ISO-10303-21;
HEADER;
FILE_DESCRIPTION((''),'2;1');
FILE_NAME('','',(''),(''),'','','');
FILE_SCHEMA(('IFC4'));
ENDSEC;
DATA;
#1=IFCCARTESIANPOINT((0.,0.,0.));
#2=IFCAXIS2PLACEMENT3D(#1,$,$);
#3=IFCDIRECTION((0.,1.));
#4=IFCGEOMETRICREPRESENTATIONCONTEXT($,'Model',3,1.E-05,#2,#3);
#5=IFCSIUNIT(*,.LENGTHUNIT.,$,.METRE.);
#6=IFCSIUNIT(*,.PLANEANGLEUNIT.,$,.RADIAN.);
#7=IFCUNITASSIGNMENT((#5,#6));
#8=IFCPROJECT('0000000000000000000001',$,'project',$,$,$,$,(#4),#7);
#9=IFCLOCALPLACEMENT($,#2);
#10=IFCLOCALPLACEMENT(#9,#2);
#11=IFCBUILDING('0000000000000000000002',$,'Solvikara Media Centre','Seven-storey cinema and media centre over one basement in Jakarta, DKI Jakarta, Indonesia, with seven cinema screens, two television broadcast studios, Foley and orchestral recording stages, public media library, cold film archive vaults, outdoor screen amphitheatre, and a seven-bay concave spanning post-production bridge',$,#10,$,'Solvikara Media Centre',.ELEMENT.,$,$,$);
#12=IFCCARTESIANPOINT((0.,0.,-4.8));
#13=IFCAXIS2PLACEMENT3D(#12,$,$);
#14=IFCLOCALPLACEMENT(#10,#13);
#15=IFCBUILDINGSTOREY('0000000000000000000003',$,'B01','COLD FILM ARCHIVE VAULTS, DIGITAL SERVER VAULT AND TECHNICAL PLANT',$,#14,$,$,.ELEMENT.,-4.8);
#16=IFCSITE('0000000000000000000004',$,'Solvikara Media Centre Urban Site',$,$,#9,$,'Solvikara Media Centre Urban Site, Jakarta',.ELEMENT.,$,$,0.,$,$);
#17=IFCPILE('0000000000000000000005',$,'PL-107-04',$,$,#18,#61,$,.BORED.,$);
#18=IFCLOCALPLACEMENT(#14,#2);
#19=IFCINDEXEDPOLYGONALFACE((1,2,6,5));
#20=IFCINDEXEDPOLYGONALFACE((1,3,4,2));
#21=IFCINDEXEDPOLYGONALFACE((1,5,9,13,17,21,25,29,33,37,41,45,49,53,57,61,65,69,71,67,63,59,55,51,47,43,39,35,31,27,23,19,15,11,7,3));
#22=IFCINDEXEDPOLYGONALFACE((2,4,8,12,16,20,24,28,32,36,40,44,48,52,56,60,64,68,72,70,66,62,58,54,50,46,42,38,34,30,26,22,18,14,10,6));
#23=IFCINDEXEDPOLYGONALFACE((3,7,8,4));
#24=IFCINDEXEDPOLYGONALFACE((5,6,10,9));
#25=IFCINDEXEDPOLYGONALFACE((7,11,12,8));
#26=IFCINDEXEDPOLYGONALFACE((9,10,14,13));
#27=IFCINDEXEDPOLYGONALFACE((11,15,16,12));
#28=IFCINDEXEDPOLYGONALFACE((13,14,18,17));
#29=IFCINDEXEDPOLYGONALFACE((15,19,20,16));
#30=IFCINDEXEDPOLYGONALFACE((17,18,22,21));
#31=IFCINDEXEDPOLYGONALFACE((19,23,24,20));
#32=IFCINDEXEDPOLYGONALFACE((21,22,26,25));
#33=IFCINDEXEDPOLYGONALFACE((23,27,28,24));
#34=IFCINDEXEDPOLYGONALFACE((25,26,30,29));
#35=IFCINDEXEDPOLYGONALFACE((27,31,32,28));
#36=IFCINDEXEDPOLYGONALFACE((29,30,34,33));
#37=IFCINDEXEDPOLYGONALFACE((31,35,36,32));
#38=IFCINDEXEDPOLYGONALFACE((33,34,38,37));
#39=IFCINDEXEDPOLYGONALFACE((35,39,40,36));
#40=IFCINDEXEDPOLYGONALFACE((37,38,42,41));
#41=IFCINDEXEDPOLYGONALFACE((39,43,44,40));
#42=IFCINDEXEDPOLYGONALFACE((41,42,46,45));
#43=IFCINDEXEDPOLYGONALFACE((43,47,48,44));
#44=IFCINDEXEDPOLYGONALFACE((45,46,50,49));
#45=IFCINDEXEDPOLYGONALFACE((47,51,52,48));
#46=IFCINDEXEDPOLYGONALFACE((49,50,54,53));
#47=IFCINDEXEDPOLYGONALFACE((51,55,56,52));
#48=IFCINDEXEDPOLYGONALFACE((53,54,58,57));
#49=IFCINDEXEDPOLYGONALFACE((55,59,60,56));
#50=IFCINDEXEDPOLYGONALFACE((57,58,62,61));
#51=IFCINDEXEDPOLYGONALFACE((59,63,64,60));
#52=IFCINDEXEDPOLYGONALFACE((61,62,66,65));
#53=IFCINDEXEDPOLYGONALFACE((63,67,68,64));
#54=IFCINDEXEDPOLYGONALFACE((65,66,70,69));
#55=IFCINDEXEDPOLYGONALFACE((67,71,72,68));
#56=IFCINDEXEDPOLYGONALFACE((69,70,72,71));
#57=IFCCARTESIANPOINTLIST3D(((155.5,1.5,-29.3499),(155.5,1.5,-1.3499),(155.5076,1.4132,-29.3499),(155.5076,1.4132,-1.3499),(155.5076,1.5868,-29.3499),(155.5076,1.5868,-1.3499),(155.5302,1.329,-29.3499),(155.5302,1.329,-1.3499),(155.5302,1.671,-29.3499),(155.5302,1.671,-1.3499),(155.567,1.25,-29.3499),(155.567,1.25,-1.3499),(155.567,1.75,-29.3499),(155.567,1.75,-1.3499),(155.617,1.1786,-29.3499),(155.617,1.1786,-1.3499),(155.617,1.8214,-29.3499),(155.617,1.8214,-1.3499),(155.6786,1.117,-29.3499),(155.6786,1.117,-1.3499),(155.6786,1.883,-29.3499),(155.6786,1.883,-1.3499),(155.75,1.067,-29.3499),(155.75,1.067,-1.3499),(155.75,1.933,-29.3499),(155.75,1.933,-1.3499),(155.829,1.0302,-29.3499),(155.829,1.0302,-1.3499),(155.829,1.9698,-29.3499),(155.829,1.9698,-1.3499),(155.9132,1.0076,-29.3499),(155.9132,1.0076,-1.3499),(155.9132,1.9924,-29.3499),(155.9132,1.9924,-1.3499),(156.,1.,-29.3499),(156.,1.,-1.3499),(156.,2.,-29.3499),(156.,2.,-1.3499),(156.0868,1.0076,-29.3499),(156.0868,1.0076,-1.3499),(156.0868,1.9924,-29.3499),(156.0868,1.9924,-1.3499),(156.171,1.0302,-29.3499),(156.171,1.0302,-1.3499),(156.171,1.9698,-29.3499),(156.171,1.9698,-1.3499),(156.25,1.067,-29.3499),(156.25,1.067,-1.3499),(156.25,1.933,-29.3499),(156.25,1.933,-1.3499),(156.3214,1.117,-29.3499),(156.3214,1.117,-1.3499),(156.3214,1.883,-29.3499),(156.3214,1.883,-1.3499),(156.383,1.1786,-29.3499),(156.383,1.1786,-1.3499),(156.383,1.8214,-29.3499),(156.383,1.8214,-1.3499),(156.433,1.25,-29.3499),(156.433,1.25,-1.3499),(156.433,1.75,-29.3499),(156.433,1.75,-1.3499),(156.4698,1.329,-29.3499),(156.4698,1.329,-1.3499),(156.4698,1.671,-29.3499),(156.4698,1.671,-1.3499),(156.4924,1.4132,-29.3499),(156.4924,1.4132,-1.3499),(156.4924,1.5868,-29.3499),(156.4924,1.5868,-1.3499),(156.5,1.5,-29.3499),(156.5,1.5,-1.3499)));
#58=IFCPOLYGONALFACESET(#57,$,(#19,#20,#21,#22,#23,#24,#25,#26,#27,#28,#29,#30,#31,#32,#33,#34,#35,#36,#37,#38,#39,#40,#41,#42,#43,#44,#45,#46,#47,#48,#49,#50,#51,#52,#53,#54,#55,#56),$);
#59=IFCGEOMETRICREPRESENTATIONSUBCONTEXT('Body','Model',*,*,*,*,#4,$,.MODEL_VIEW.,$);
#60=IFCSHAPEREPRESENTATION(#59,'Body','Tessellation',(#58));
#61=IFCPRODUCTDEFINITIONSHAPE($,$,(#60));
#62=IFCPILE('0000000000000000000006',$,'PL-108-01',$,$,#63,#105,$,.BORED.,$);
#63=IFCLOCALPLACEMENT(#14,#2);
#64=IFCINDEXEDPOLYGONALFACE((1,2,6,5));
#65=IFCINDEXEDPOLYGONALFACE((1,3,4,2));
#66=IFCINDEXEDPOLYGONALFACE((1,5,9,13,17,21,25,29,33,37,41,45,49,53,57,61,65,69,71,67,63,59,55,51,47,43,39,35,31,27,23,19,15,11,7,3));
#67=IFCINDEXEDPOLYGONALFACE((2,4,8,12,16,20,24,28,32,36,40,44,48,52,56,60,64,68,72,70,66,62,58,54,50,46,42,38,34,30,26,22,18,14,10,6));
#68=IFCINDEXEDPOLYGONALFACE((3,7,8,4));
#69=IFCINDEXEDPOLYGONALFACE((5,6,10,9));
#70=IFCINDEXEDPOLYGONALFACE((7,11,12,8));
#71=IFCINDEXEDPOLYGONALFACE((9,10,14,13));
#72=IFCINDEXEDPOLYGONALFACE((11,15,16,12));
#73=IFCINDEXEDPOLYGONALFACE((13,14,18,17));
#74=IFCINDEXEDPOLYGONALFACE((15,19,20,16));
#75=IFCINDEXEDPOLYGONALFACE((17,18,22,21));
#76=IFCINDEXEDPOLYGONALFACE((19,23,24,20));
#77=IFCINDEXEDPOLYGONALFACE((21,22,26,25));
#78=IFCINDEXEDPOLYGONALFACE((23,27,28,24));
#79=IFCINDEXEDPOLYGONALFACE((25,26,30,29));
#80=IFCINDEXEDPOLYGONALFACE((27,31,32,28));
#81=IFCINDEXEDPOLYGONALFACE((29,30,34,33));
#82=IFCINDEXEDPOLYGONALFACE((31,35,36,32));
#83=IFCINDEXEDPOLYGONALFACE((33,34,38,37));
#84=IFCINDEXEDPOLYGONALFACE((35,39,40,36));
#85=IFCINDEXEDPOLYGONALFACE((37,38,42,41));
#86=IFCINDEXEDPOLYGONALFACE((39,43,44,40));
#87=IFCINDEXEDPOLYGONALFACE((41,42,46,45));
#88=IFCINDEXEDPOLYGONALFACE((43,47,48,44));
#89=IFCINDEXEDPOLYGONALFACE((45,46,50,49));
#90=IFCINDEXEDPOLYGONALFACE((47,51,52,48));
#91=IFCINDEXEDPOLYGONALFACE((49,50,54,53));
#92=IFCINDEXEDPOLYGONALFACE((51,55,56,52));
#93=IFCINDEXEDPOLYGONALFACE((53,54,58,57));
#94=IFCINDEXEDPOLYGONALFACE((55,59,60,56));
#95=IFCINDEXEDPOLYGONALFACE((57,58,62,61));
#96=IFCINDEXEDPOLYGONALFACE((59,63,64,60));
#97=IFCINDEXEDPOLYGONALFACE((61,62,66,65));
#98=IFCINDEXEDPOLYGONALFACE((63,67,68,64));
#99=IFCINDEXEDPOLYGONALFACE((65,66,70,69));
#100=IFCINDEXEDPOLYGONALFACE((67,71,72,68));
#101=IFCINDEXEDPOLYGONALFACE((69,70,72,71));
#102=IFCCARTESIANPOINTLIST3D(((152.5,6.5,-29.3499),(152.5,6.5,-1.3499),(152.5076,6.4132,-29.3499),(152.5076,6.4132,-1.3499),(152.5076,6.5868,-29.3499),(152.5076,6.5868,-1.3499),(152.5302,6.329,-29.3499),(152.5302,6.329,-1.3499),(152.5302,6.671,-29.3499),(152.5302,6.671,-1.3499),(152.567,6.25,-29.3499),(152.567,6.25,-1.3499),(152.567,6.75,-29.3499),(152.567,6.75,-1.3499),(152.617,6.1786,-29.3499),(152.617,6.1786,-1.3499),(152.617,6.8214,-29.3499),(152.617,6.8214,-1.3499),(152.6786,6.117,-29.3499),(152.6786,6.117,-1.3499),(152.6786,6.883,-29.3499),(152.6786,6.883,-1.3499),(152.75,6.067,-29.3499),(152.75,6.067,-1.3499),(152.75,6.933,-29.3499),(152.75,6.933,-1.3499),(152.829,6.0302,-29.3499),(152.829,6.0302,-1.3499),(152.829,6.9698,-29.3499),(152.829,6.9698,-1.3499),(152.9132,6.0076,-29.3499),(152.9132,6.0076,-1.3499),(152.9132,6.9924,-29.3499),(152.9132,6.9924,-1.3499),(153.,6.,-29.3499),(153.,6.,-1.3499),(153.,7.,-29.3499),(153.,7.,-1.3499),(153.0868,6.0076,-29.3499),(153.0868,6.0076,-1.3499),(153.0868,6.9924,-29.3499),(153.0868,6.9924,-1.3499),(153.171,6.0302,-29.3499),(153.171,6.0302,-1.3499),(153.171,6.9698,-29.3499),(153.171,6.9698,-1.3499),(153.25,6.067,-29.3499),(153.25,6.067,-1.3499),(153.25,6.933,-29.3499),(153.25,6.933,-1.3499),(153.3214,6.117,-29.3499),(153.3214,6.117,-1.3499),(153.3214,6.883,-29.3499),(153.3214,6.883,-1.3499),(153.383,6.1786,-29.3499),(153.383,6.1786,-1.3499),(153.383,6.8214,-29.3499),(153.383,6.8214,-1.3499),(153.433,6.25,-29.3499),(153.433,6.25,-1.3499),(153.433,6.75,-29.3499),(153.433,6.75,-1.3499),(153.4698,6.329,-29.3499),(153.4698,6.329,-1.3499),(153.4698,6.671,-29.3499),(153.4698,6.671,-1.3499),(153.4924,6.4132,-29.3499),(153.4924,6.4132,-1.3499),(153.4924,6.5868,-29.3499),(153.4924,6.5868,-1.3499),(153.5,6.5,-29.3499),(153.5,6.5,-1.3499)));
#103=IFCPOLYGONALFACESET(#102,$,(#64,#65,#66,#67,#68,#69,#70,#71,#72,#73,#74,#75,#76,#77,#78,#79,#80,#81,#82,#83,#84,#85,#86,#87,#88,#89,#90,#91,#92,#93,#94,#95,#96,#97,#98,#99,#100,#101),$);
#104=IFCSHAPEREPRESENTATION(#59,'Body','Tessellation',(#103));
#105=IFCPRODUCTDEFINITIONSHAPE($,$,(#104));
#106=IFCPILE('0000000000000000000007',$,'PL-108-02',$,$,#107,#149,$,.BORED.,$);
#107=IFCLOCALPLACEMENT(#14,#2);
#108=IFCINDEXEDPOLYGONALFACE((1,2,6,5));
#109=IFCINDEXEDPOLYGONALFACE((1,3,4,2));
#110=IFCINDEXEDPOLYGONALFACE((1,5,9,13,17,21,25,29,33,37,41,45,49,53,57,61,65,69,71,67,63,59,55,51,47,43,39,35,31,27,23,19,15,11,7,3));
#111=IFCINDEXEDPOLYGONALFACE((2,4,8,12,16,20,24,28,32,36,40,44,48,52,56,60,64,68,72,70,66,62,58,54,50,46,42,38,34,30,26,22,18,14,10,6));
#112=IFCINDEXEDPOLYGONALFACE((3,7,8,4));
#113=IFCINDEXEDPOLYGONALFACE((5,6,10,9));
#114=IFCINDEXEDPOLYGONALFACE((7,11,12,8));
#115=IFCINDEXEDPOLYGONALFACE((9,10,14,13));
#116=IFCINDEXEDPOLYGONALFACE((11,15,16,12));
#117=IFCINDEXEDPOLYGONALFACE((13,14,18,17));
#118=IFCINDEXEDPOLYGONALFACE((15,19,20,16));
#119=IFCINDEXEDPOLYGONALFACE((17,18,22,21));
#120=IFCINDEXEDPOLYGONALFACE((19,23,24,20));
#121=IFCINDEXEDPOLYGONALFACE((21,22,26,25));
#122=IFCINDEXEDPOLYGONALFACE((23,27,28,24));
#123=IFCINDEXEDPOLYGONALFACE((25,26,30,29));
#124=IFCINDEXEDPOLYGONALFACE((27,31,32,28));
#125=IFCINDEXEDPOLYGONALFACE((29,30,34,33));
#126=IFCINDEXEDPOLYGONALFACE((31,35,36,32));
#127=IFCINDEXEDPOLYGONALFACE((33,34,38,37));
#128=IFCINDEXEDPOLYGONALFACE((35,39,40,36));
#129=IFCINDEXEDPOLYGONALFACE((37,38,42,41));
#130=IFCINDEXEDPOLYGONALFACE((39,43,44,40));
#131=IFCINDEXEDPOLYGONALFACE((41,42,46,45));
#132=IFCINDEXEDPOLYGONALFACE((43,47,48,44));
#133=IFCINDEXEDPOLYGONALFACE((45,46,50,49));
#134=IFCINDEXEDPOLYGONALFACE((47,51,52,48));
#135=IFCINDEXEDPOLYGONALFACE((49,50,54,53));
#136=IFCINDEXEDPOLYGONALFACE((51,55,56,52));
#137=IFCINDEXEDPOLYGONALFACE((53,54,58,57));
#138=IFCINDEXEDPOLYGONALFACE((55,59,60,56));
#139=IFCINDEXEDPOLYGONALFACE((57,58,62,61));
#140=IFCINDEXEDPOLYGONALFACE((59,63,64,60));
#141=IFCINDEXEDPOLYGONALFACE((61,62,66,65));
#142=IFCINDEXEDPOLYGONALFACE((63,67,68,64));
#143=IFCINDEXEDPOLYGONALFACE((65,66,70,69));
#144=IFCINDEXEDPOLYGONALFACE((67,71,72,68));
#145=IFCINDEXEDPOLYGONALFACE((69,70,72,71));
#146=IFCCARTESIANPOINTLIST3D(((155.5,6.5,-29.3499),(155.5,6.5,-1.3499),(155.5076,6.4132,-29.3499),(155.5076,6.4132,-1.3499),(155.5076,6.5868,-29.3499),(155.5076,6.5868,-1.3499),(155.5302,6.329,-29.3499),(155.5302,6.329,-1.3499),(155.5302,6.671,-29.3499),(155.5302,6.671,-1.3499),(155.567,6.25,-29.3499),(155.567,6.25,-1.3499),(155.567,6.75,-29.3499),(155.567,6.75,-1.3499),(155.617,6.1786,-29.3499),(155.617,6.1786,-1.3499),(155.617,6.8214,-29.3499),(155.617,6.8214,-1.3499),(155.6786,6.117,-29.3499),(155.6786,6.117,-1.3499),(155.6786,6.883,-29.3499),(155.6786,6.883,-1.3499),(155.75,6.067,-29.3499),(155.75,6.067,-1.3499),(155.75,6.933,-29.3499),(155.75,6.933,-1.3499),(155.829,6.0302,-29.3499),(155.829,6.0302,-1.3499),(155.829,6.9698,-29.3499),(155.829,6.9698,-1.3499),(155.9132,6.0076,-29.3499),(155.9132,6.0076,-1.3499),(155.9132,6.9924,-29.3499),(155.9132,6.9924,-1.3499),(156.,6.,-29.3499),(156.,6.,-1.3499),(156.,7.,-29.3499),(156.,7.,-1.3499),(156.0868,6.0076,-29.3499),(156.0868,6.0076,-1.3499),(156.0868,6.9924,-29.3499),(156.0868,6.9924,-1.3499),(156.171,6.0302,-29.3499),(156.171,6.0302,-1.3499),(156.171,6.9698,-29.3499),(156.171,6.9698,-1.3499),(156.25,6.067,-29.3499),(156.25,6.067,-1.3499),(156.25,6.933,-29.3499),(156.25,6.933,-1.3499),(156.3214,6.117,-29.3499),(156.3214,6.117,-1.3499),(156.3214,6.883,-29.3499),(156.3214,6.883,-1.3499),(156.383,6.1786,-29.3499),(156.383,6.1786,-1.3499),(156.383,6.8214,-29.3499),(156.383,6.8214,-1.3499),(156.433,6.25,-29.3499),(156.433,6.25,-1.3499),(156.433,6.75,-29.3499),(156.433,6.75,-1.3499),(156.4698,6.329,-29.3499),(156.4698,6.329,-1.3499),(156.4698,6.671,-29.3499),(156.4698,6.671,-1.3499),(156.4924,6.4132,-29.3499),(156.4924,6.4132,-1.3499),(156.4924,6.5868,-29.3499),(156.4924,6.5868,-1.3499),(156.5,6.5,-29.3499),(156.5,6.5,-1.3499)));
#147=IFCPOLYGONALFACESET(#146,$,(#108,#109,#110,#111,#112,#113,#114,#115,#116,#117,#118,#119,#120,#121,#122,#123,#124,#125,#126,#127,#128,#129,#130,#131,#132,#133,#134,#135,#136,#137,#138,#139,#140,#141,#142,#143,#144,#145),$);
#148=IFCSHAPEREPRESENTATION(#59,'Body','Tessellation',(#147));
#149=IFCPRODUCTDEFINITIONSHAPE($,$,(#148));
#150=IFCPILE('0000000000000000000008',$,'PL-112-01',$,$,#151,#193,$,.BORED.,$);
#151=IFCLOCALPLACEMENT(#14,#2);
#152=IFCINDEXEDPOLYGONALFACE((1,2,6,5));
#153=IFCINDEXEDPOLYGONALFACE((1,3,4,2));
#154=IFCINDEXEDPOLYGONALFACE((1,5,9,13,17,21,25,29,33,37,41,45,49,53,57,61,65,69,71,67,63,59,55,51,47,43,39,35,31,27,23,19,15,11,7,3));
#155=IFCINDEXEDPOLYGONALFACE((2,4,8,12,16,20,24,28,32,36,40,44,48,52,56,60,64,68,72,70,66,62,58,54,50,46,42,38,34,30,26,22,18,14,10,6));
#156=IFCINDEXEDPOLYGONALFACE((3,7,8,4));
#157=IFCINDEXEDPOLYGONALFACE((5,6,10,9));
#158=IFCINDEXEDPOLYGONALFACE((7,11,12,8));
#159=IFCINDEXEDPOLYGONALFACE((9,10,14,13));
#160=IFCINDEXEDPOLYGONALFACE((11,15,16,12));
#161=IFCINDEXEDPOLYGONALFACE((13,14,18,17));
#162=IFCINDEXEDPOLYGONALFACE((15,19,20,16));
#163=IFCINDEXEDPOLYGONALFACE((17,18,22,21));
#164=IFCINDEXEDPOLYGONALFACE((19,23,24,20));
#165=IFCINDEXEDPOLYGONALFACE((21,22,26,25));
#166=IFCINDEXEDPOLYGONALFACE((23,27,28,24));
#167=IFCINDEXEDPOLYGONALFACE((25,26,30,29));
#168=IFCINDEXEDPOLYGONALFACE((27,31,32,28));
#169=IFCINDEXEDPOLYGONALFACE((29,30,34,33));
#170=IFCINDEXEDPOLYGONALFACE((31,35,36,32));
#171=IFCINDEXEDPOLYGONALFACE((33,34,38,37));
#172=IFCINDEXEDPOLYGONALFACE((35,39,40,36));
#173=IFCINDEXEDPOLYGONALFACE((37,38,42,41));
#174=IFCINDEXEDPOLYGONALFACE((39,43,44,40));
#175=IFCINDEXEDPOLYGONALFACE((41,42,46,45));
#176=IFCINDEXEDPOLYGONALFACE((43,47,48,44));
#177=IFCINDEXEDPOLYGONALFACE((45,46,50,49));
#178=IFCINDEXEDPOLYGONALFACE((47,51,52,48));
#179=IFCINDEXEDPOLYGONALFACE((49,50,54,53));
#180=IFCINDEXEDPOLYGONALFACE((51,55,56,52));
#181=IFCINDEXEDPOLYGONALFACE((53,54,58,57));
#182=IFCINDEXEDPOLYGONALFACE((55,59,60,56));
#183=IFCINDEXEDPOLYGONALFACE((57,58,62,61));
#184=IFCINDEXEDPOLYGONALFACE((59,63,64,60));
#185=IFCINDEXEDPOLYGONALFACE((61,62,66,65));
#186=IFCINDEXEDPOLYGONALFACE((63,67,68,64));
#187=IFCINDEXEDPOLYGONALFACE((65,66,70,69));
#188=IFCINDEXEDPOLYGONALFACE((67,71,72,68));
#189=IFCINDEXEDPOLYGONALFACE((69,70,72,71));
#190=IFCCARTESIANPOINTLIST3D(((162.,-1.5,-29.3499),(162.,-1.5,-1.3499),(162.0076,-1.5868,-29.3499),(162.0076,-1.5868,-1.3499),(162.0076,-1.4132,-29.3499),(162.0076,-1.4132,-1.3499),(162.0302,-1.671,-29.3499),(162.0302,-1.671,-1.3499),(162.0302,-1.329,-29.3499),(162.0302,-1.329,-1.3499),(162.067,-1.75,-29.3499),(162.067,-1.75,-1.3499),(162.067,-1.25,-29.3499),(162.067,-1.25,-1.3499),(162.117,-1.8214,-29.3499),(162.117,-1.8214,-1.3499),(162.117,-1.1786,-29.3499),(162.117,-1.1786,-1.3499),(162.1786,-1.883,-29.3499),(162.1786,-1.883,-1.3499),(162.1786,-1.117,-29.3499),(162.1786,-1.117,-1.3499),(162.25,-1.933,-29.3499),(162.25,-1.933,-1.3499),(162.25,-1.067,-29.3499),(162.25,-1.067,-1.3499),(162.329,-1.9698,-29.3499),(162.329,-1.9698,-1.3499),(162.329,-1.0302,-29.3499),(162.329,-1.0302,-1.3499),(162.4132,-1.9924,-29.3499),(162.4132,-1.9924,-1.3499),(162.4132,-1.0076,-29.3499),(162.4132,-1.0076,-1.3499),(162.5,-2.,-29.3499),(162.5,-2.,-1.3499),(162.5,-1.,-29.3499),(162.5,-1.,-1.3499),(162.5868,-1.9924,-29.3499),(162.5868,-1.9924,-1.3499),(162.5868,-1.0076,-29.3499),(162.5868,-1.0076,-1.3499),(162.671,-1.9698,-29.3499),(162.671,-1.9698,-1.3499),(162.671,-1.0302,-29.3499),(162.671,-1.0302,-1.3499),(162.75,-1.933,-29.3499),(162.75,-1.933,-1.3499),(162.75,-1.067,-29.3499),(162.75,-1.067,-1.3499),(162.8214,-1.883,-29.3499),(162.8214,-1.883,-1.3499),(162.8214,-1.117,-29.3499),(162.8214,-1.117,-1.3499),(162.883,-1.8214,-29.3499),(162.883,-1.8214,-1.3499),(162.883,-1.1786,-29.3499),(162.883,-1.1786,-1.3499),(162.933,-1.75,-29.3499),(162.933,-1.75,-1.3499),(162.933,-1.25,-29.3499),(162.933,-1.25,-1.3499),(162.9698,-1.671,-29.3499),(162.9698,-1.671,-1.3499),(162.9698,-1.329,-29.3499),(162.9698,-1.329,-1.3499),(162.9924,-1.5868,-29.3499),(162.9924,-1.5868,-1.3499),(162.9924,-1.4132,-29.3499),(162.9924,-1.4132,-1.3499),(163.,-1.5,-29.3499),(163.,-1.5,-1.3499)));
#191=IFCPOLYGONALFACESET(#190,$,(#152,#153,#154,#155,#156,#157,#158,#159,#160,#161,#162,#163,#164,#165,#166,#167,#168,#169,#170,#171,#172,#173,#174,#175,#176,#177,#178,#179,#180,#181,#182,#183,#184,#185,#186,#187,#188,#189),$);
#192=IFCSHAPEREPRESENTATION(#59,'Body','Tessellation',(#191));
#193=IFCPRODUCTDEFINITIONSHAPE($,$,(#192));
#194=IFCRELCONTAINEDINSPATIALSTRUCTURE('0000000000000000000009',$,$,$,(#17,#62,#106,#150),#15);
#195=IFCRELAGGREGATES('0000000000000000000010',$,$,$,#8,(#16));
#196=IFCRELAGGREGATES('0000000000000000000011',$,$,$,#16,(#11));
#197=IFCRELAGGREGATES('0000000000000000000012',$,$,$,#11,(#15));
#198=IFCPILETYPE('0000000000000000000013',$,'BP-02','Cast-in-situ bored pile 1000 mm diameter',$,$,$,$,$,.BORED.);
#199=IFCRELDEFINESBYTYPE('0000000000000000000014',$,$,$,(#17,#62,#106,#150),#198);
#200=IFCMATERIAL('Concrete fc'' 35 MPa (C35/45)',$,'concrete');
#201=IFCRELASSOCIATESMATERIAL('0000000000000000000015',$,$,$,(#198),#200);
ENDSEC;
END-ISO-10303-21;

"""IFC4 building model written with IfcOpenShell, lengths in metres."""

from ifc_helpers import new_model, si_unit, direction, frame, origin, origin_2d, place, context, subcontext, project, spatial, circle, extrude, material, material_profile, profile_set, type_object, element, save


model = new_model("IFC4")

# Units and contexts
model_context = context("Model", 3, precision=1e-05, world=origin(), true_north=direction((0.0, 1.0)))
body_context = subcontext(model_context, "Body", "Model", "MODEL_VIEW")
ifc_project = project(units=[si_unit("LENGTHUNIT", "METRE"), si_unit("PLANEANGLEUNIT", "RADIAN")], contexts=[model_context])

# Site, building, storey
site_placement = place(None, origin())
site = spatial("IfcSite", under=ifc_project, at=site_placement, Name="Solvikara Media Centre Urban Site", LongName="Solvikara Media Centre Urban Site, Jakarta", CompositionType="ELEMENT", RefElevation=0.0)
building_placement = place(site_placement, origin())
building = spatial("IfcBuilding", under=site, at=building_placement, Name="Solvikara Media Centre", Description="Seven-storey cinema and media centre over one basement in Jakarta, DKI Jakarta, Indonesia, with seven cinema screens, two television broadcast studios, Foley and orchestral recording stages, public media library, cold film archive vaults, outdoor screen amphitheatre, and a seven-bay concave spanning post-production bridge", LongName="Solvikara Media Centre", CompositionType="ELEMENT")
storey_placement = place(building_placement, frame((0.0, 0.0, -4.8)))
storey = spatial("IfcBuildingStorey", under=building, at=storey_placement, Name="B01", Description="COLD FILM ARCHIVE VAULTS, DIGITAL SERVER VAULT AND TECHNICAL PLANT", CompositionType="ELEMENT", Elevation=-4.8)

# Piles
ifc_material_1 = material(Name="Concrete fc' 35 MPa (C35/45)", Category="concrete")
ifc_material_profile_1 = material_profile(ifc_material_1, circle(Radius=0.5, at=origin_2d()), Name="BORED PILE D1000")
ifc_profile_set_1 = profile_set([ifc_material_profile_1], Name="Concrete fc' 35 MPa (C35/45)")
pile_type_1 = type_object("IfcPileType", Name="BP-02", Description="Cast-in-situ bored pile 1000 mm diameter", PredefinedType="BORED", material=ifc_profile_set_1)
for number, where, z_axis, x_axis, name in (
    (1, (156.0, 1.5, -1.3499), (0.0, 0.0, -1.0), (1.0, 0.0, 0.0), "PL-107-04"),
    (2, (153.0, 6.5, -1.3499), (0.0, 0.0, -1.0), (1.0, 0.0, 0.0), "PL-108-01"),
    (3, (156.0, 6.5, -1.3499), (0.0, 0.0, -1.0), (1.0, 0.0, 0.0), "PL-108-02"),
    (4, (162.5, -1.5, -1.3499), (0.0, 0.0, -1.0), (1.0, 0.0, 0.0), "PL-112-01"),
):
    element("IfcPile", number, at=place(storey_placement, frame(where, z_axis=z_axis, x_axis=x_axis)), inside=storey, type_object=pile_type_1, Name=name, PredefinedType="BORED", context=body_context, shape_type="SweptSolid", body=[
        extrude(circle(Radius=0.5, at=origin_2d()), origin(), (0.0, 0.0, 1.0), 28.0),
    ])

save(model, "model.ifc")
